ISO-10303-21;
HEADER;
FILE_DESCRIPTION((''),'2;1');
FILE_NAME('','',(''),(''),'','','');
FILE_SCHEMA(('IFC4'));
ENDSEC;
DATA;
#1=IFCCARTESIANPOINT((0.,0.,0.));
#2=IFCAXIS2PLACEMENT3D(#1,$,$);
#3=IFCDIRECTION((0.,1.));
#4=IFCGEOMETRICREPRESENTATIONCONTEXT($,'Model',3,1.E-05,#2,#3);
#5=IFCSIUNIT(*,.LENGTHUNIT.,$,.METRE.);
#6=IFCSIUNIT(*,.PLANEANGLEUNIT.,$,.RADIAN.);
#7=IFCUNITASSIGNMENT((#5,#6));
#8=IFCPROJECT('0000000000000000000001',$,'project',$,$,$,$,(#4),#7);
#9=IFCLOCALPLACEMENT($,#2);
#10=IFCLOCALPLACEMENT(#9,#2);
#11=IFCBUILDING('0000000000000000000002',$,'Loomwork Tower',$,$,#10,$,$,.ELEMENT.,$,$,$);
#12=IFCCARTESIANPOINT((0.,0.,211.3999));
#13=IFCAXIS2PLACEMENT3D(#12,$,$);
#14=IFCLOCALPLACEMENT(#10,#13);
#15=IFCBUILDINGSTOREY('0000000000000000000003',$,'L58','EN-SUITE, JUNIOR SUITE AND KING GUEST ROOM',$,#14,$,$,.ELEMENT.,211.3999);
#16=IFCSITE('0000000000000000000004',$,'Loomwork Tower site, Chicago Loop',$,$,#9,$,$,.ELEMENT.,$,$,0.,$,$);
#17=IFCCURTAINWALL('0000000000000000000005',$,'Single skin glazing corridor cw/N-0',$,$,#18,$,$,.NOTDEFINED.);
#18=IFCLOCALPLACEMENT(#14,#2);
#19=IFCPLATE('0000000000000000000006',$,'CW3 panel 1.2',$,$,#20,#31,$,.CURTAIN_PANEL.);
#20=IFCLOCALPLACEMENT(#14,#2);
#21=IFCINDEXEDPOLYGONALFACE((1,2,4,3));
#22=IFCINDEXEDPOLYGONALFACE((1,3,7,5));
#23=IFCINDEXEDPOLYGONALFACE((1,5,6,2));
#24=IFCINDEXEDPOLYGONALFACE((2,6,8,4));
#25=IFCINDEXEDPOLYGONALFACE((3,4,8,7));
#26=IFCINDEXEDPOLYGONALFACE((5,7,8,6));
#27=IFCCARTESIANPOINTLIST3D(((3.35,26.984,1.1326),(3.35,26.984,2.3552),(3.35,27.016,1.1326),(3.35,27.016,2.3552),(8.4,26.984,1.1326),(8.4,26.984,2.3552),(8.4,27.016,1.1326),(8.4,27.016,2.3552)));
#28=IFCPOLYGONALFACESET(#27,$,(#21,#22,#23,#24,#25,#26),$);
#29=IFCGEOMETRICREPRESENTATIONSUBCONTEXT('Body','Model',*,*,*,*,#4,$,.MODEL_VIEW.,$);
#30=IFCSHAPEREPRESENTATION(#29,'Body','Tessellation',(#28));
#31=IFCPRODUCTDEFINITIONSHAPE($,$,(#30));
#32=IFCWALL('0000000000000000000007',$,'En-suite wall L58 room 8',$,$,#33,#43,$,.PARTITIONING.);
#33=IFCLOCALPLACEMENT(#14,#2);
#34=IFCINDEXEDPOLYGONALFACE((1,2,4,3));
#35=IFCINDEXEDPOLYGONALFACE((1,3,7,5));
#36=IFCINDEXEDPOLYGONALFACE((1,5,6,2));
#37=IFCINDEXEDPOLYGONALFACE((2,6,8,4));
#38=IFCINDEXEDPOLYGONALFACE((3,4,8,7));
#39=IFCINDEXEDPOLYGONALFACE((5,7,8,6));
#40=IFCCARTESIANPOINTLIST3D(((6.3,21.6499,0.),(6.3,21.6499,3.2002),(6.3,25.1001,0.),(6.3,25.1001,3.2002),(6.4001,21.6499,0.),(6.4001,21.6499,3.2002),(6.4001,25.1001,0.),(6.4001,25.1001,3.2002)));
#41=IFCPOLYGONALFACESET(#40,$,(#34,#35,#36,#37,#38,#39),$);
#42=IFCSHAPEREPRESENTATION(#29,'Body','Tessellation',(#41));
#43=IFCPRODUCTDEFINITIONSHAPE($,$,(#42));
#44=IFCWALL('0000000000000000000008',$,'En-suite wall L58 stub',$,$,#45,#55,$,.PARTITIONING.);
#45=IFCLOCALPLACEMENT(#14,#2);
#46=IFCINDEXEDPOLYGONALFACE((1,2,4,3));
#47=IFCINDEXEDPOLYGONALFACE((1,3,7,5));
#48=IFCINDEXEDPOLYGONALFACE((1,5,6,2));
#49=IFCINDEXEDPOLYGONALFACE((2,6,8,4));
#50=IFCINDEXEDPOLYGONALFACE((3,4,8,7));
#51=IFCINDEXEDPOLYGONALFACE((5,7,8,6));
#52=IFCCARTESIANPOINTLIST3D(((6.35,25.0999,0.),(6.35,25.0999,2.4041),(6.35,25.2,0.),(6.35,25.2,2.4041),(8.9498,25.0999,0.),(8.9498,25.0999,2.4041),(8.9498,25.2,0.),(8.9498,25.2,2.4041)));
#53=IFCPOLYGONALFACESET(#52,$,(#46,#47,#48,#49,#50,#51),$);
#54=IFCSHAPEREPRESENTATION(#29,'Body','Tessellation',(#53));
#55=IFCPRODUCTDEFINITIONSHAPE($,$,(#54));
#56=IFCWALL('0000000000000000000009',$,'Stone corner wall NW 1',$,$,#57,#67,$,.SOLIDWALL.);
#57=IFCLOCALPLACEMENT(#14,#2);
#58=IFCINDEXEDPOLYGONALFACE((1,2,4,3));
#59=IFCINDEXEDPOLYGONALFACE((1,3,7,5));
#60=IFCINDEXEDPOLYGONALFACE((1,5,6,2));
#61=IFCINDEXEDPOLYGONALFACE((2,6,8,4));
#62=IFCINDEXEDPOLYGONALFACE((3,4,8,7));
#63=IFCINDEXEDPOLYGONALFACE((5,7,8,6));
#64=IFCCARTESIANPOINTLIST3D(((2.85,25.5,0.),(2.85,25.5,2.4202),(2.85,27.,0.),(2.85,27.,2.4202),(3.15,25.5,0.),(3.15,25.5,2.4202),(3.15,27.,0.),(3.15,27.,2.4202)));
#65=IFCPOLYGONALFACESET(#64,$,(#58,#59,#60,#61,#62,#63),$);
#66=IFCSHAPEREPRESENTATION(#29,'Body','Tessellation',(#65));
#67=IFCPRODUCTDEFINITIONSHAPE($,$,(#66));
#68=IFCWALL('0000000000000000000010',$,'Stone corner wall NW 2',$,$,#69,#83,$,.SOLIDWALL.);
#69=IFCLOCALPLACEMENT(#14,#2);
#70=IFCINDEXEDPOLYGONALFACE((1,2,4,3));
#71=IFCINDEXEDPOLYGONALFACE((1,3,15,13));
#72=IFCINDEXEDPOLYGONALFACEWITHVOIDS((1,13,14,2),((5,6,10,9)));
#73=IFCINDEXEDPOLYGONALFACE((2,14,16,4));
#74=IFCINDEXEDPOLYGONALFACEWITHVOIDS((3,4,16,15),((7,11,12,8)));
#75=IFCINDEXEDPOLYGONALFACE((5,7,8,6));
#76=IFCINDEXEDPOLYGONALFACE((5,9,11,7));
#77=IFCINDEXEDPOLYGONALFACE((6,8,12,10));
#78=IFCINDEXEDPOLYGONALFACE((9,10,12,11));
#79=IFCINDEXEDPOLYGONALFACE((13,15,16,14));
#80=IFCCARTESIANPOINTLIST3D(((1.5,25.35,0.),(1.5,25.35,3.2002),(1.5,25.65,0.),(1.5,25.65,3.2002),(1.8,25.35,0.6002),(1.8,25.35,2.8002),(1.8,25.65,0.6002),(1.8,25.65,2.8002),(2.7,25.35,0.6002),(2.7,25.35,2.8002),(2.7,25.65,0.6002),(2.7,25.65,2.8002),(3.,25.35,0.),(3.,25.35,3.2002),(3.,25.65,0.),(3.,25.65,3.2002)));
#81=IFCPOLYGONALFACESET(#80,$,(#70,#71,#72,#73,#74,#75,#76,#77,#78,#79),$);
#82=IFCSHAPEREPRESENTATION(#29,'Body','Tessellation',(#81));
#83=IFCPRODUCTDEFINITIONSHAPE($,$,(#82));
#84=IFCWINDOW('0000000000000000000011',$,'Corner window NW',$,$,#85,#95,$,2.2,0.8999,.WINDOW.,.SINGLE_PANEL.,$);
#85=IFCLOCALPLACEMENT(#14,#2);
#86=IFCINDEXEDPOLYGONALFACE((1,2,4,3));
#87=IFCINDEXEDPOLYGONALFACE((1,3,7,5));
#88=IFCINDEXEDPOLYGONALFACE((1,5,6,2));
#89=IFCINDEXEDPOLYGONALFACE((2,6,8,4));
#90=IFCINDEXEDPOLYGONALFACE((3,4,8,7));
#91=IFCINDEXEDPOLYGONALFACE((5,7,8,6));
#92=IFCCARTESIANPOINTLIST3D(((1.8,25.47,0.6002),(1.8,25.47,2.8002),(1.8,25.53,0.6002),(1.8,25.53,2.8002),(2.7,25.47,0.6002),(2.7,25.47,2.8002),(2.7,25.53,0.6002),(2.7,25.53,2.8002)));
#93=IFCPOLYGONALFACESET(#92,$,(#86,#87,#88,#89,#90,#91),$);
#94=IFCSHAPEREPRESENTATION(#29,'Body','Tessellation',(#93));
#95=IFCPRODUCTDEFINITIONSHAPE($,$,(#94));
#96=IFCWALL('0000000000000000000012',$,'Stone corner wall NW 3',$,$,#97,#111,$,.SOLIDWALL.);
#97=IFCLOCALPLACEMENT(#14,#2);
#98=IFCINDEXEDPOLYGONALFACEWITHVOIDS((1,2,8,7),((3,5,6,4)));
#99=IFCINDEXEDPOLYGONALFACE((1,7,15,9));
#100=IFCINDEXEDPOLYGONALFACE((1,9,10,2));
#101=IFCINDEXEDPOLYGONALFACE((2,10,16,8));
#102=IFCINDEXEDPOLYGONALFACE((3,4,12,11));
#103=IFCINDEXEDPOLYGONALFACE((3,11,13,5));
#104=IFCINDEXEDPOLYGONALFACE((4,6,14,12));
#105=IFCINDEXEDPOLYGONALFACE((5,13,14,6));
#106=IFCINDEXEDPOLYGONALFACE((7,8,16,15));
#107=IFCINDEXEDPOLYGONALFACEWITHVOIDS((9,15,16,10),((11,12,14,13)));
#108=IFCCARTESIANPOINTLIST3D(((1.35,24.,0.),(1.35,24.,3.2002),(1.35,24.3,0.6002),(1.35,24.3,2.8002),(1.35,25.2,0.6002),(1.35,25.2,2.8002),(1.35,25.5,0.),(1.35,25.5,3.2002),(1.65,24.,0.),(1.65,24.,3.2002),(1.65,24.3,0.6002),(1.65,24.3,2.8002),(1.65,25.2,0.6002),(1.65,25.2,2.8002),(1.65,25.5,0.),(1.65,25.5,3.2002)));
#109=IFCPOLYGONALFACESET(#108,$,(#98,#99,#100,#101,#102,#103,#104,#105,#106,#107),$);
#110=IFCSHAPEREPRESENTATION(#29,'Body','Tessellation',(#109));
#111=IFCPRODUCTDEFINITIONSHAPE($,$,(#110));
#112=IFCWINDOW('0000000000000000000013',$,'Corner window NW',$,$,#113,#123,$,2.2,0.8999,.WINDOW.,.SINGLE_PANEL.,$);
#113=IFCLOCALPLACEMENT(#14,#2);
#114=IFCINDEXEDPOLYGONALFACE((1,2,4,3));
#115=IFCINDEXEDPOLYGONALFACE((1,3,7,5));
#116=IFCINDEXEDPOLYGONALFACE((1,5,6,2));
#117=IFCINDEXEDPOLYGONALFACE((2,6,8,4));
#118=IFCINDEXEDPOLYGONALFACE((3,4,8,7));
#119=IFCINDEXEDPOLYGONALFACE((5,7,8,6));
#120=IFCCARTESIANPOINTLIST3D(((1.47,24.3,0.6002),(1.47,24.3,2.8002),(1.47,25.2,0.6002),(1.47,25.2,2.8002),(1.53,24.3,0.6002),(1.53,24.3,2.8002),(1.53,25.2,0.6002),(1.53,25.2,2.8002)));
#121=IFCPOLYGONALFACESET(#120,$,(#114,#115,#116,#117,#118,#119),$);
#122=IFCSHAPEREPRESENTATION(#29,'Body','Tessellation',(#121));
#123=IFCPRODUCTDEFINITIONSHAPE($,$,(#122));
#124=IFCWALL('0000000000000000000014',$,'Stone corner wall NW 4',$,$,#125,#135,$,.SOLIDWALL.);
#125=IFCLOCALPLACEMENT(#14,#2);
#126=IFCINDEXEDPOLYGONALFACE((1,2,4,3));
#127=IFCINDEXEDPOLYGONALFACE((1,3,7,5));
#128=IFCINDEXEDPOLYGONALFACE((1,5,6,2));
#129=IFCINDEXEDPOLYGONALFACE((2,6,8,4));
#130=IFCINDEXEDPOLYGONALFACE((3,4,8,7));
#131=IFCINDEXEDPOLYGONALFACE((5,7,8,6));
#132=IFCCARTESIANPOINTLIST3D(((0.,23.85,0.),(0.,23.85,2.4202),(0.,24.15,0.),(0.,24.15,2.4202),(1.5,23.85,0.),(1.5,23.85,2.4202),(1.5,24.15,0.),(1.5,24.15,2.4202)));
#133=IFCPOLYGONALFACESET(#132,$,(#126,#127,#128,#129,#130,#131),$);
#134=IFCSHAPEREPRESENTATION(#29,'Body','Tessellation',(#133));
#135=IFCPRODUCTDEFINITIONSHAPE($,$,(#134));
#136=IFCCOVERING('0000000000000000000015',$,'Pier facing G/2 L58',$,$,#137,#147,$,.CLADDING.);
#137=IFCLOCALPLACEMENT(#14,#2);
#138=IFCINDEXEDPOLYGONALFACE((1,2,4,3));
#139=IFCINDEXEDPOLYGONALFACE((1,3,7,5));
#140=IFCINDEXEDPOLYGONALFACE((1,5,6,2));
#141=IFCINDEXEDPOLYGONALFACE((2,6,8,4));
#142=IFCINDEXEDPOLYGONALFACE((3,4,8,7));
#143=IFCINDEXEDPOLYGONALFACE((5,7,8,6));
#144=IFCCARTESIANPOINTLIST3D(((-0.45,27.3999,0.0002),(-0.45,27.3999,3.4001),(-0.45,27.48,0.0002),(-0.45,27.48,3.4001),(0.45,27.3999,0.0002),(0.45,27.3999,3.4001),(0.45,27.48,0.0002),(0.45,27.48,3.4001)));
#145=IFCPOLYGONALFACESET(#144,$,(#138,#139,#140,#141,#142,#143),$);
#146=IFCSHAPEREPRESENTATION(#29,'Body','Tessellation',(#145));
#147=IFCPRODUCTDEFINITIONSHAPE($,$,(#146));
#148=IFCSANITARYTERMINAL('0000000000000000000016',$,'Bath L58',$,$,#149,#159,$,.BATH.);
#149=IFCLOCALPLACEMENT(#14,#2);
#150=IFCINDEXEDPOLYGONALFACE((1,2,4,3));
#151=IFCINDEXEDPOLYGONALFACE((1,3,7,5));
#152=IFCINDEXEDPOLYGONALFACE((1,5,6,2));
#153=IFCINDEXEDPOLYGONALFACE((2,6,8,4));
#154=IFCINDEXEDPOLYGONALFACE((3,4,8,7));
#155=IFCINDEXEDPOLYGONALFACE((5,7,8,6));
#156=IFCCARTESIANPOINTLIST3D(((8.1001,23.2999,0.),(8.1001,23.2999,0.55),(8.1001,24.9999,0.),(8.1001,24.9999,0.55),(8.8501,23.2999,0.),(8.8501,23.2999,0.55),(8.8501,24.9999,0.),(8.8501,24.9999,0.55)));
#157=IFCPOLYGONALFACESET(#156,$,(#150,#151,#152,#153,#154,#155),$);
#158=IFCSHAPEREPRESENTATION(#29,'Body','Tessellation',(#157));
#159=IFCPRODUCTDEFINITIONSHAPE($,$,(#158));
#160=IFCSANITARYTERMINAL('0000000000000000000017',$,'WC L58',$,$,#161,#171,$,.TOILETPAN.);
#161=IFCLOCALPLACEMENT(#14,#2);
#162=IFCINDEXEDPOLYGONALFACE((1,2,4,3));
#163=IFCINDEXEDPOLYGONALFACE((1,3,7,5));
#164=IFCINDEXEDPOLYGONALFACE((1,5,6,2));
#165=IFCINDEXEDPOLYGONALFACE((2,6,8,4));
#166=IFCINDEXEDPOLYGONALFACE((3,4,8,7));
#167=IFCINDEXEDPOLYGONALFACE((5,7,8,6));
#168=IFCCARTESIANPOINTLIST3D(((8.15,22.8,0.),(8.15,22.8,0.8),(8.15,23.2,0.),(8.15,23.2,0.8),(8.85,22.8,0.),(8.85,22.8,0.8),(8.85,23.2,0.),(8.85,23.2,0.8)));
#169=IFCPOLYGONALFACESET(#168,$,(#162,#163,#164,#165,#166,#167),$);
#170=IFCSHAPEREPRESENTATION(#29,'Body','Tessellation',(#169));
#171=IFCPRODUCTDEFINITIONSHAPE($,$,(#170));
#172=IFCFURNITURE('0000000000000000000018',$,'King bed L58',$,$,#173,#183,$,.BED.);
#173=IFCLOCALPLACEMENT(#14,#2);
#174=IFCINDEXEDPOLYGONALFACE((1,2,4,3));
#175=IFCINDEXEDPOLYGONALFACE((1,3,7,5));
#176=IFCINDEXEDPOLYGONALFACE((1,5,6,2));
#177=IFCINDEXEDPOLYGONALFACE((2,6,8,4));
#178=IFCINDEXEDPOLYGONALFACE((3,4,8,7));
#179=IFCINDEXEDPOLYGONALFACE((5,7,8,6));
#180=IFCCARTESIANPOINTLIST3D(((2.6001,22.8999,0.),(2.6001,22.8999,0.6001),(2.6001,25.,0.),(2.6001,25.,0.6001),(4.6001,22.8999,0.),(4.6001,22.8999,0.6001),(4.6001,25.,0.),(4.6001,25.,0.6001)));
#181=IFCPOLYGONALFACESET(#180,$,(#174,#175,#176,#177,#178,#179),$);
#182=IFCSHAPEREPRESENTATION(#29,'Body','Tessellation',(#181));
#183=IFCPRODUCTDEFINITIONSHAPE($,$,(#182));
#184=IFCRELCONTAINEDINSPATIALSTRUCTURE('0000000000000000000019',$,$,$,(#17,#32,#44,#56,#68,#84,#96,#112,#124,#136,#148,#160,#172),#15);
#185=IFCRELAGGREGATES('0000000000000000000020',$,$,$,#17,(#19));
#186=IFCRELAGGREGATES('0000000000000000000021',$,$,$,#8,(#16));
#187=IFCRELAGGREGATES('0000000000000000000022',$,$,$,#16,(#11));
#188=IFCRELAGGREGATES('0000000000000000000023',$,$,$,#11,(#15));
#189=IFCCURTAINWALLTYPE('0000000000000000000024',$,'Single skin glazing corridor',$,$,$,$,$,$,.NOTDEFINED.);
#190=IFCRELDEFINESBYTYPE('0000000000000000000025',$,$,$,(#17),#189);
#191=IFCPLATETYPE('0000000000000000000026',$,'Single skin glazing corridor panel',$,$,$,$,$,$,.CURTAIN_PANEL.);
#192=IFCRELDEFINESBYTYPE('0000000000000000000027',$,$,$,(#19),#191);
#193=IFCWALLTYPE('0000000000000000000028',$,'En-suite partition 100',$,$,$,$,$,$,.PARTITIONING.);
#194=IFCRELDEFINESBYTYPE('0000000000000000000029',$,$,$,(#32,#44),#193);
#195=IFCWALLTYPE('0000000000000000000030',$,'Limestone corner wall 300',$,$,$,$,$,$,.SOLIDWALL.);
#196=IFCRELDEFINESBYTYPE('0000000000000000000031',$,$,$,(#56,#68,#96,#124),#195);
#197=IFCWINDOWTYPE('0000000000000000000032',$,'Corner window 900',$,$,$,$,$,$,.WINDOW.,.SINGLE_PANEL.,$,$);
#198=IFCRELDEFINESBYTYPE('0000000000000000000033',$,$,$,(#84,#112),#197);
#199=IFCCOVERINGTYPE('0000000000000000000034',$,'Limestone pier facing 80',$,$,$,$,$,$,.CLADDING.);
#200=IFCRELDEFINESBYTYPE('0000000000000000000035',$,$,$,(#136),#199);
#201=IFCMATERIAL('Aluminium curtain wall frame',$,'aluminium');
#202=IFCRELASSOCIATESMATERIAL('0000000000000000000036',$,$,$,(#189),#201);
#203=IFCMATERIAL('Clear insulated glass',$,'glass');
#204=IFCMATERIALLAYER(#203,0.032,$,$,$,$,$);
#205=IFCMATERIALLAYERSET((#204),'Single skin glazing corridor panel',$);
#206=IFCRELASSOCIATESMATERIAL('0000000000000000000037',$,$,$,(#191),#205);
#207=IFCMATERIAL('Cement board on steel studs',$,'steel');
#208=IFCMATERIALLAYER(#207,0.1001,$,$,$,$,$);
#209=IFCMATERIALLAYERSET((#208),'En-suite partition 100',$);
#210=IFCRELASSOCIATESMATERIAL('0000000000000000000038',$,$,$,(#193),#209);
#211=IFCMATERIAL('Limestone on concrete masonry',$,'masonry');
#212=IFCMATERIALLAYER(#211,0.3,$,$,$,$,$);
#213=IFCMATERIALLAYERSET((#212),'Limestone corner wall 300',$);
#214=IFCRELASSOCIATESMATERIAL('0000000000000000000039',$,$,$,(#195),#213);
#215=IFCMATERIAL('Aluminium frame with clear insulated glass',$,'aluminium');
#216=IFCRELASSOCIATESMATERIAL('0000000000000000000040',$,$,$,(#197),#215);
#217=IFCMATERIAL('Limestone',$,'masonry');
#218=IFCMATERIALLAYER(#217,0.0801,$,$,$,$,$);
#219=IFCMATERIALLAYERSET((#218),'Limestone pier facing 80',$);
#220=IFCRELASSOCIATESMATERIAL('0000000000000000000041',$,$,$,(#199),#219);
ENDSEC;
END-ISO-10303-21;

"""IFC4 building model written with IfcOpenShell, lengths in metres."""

from ifc_helpers import new_model, si_unit, direction, frame, frame_2d, origin, origin_2d, place, context, subcontext, project, spatial, rectangle, extrude, material, layer, layer_set, type_object, element, fill, aggregate, save


model = new_model("IFC4")

# Units and contexts
model_context = context("Model", 3, precision=1e-05, world=origin(), true_north=direction((0.0, 1.0)))
body_context = subcontext(model_context, "Body", "Model", "MODEL_VIEW")
ifc_project = project(units=[si_unit("LENGTHUNIT", "METRE"), si_unit("PLANEANGLEUNIT", "RADIAN")], contexts=[model_context])

# Site, building, storey
site_placement = place(None, origin())
site = spatial("IfcSite", under=ifc_project, at=site_placement, Name="Loomwork Tower site, Chicago Loop", CompositionType="ELEMENT", RefElevation=0.0)
building_placement = place(site_placement, origin())
building = spatial("IfcBuilding", under=site, at=building_placement, Name="Loomwork Tower", CompositionType="ELEMENT")
storey_placement = place(building_placement, frame((0.0, 0.0, 211.3999)))
storey = spatial("IfcBuildingStorey", under=building, at=storey_placement, Name="L58", Description="EN-SUITE, JUNIOR SUITE AND KING GUEST ROOM", CompositionType="ELEMENT", Elevation=211.3999)

# Curtain wall
ifc_material_1 = material(Name="Aluminium curtain wall frame", Category="aluminium")
curtain_wall_type_1 = type_object("IfcCurtainWallType", Name="Single skin glazing corridor", PredefinedType="NOTDEFINED", material=ifc_material_1)
curtain_wall_1_placement = place(storey_placement, origin())
curtain_wall_1 = element("IfcCurtainWall", 1, at=curtain_wall_1_placement, inside=storey, type_object=curtain_wall_type_1, Name="Single skin glazing corridor cw/N-0", PredefinedType="NOTDEFINED")

# Plate
ifc_material_2 = material(Name="Clear insulated glass", Category="glass")
ifc_layer_1 = layer(ifc_material_2, 0.032)
ifc_layer_set_1 = layer_set([ifc_layer_1], Name="Single skin glazing corridor panel")
plate_type_1 = type_object("IfcPlateType", Name="Single skin glazing corridor panel", PredefinedType="CURTAIN_PANEL", material=ifc_layer_set_1)
plate_1_placement = place(storey_placement, frame((5.875, 27.0, 1.1326), z_axis=(0.0, 0.0, 1.0), x_axis=(-1.0, 0.0, 0.0)))
plate_1 = element("IfcPlate", 2, at=plate_1_placement, type_object=plate_type_1, Name="CW3 panel 1.2", PredefinedType="CURTAIN_PANEL", context=body_context, shape_type="SweptSolid", body=[
    extrude(rectangle(XDim=5.05, YDim=0.032, at=origin_2d()), origin(), (0.0, 0.0, 1.0), 1.2227),
])
aggregate(curtain_wall_1, [plate_1])

# Walls
ifc_material_3 = material(Name="Cement board on steel studs", Category="steel")
ifc_layer_2 = layer(ifc_material_3, 0.1001)
ifc_layer_set_2 = layer_set([ifc_layer_2], Name="En-suite partition 100")
wall_type_1 = type_object("IfcWallType", Name="En-suite partition 100", PredefinedType="PARTITIONING", material=ifc_layer_set_2)
wall_1_placement = place(storey_placement, frame((6.3501, 21.6499, 0.0), z_axis=(0.0, 0.0, 1.0), x_axis=(0.0, 1.0, 0.0)))
element("IfcWall", 3, at=wall_1_placement, inside=storey, type_object=wall_type_1, Name="En-suite wall L58 room 8", PredefinedType="PARTITIONING", context=body_context, shape_type="SweptSolid", body=[
    extrude(rectangle(XDim=3.4502, YDim=0.1001, at=frame_2d((1.7251, 0.0))), origin(), (0.0, 0.0, 1.0), 3.2002),
])
wall_2_placement = place(storey_placement, frame((6.3501, 25.1499, 0.0), z_axis=(0.0, 0.0, 1.0), x_axis=(1.0, 0.0, 0.0)))
element("IfcWall", 4, at=wall_2_placement, inside=storey, type_object=wall_type_1, Name="En-suite wall L58 stub", PredefinedType="PARTITIONING", context=body_context, shape_type="SweptSolid", body=[
    extrude(rectangle(XDim=2.5999, YDim=0.1001, at=frame_2d((1.2998, 0.0))), origin(), (0.0, 0.0, 1.0), 2.4041),
])
ifc_material_4 = material(Name="Limestone on concrete masonry", Category="masonry")
ifc_layer_3 = layer(ifc_material_4, 0.3)
ifc_layer_set_3 = layer_set([ifc_layer_3], Name="Limestone corner wall 300")
wall_type_2 = type_object("IfcWallType", Name="Limestone corner wall 300", PredefinedType="SOLIDWALL", material=ifc_layer_set_3)
wall_3_placement = place(storey_placement, frame((3.0, 27.0, 0.0), z_axis=(0.0, 0.0, 1.0), x_axis=(0.0, -1.0, 0.0)))
element("IfcWall", 5, at=wall_3_placement, inside=storey, type_object=wall_type_2, Name="Stone corner wall NW 1", PredefinedType="SOLIDWALL", context=body_context, shape_type="SweptSolid", body=[
    extrude(rectangle(XDim=1.5, YDim=0.3, at=frame_2d((0.75, 0.0))), origin(), (0.0, 0.0, 1.0), 2.4202),
])

# Walls, openings, windows
wall_4_placement = place(storey_placement, frame((3.0, 25.5, 0.0), z_axis=(0.0, 0.0, 1.0), x_axis=(-1.0, 0.0, 0.0)))
wall_4 = element("IfcWall", 6, at=wall_4_placement, inside=storey, type_object=wall_type_2, Name="Stone corner wall NW 2", PredefinedType="SOLIDWALL", context=body_context, shape_type="SweptSolid", body=[
    extrude(rectangle(XDim=1.5, YDim=0.3, at=frame_2d((0.75, 0.0))), origin(), (0.0, 0.0, 1.0), 3.2002),
])
opening_1_placement = place(wall_4_placement, frame((0.3, 0.0, 0.6001)))
opening_1 = element("IfcOpeningElement", 7, at=opening_1_placement, cuts=wall_4, PredefinedType="OPENING", context=body_context, shape_type="SweptSolid", body=[
    extrude(rectangle(XDim=0.8999, YDim=2.2, at=frame_2d((0.45, 1.1001))), frame((0.0, 0.1599, 0.0), z_axis=(0.0, -1.0, 0.0), x_axis=(1.0, 0.0, 0.0)), (0.0, 0.0, 1.0), 0.3201),
])
ifc_material_5 = material(Name="Aluminium frame with clear insulated glass", Category="aluminium")
window_type = type_object("IfcWindowType", Name="Corner window 900", PartitioningType="SINGLE_PANEL", PredefinedType="WINDOW", material=ifc_material_5)
window_1_placement = place(opening_1_placement, origin())
window_1 = element("IfcWindow", 8, at=window_1_placement, inside=storey, type_object=window_type, Name="Corner window NW", OverallHeight=2.2, OverallWidth=0.8999, PartitioningType="SINGLE_PANEL", PredefinedType="WINDOW", context=body_context, shape_type="SweptSolid", body=[
    extrude(rectangle(XDim=0.8999, YDim=2.2, at=frame_2d((0.45, 1.1001))), frame((0.0, 0.03, 0.0), z_axis=(0.0, -1.0, 0.0), x_axis=(1.0, 0.0, 0.0)), (0.0, 0.0, 1.0), 0.0601),
])
fill(opening_1, window_1)
wall_5_placement = place(storey_placement, frame((1.5, 25.5, 0.0), z_axis=(0.0, 0.0, 1.0), x_axis=(0.0, -1.0, 0.0)))
wall_5 = element("IfcWall", 9, at=wall_5_placement, inside=storey, type_object=wall_type_2, Name="Stone corner wall NW 3", PredefinedType="SOLIDWALL", context=body_context, shape_type="SweptSolid", body=[
    extrude(rectangle(XDim=1.5, YDim=0.3, at=frame_2d((0.75, 0.0))), origin(), (0.0, 0.0, 1.0), 3.2002),
])
opening_2_placement = place(wall_5_placement, frame((0.3, 0.0, 0.6001)))
opening_2 = element("IfcOpeningElement", 10, at=opening_2_placement, cuts=wall_5, PredefinedType="OPENING", context=body_context, shape_type="SweptSolid", body=[
    extrude(rectangle(XDim=0.8999, YDim=2.2, at=frame_2d((0.45, 1.1001))), frame((0.0, 0.1599, 0.0), z_axis=(0.0, -1.0, 0.0), x_axis=(1.0, 0.0, 0.0)), (0.0, 0.0, 1.0), 0.3201),
])
window_2_placement = place(opening_2_placement, origin())
window_2 = element("IfcWindow", 11, at=window_2_placement, inside=storey, type_object=window_type, Name="Corner window NW", OverallHeight=2.2, OverallWidth=0.8999, PartitioningType="SINGLE_PANEL", PredefinedType="WINDOW", context=body_context, shape_type="SweptSolid", body=[
    extrude(rectangle(XDim=0.8999, YDim=2.2, at=frame_2d((0.45, 1.1001))), frame((0.0, 0.03, 0.0), z_axis=(0.0, -1.0, 0.0), x_axis=(1.0, 0.0, 0.0)), (0.0, 0.0, 1.0), 0.0601),
])
fill(opening_2, window_2)

# Wall
wall_6_placement = place(storey_placement, frame((1.5, 24.0, 0.0), z_axis=(0.0, 0.0, 1.0), x_axis=(-1.0, 0.0, 0.0)))
element("IfcWall", 12, at=wall_6_placement, inside=storey, type_object=wall_type_2, Name="Stone corner wall NW 4", PredefinedType="SOLIDWALL", context=body_context, shape_type="SweptSolid", body=[
    extrude(rectangle(XDim=1.5, YDim=0.3, at=frame_2d((0.75, 0.0))), origin(), (0.0, 0.0, 1.0), 2.4202),
])

# Covering
ifc_material_6 = material(Name="Limestone", Category="masonry")
ifc_layer_4 = layer(ifc_material_6, 0.0801)
ifc_layer_set_4 = layer_set([ifc_layer_4], Name="Limestone pier facing 80")
covering_type = type_object("IfcCoveringType", Name="Limestone pier facing 80", PredefinedType="CLADDING", material=ifc_layer_set_4)
covering_placement = place(storey_placement, frame((0.0, 27.4399, 0.0002), z_axis=(0.0, 0.0, 1.0), x_axis=(1.0, 0.0, 0.0)))
element("IfcCovering", 13, at=covering_placement, inside=storey, type_object=covering_type, Name="Pier facing G/2 L58", PredefinedType="CLADDING", context=body_context, shape_type="SweptSolid", body=[
    extrude(rectangle(XDim=0.8999, YDim=0.0801, at=origin_2d()), origin(), (0.0, 0.0, 1.0), 3.3999),
])

# Sanitary terminals
sanitary_terminal_1_placement = place(storey_placement, frame((8.4751, 24.1499, 0.0), z_axis=(0.0, 0.0, 1.0), x_axis=(1.0, 0.0, 0.0)))
element("IfcSanitaryTerminal", 14, at=sanitary_terminal_1_placement, inside=storey, Name="Bath L58", PredefinedType="BATH", context=body_context, shape_type="SweptSolid", body=[
    extrude(rectangle(XDim=0.75, YDim=1.7, at=origin_2d()), origin(), (0.0, 0.0, 1.0), 0.55),
])
sanitary_terminal_2_placement = place(storey_placement, frame((8.5, 23.0, 0.0), z_axis=(0.0, 0.0, 1.0), x_axis=(1.0, 0.0, 0.0)))
element("IfcSanitaryTerminal", 15, at=sanitary_terminal_2_placement, inside=storey, Name="WC L58", PredefinedType="TOILETPAN", context=body_context, shape_type="SweptSolid", body=[
    extrude(rectangle(XDim=0.7, YDim=0.3999, at=origin_2d()), origin(), (0.0, 0.0, 1.0), 0.8),
])

# Furniture
furniture_placement = place(storey_placement, frame((3.6001, 23.95, 0.0), z_axis=(0.0, 0.0, 1.0), x_axis=(1.0, 0.0, 0.0)))
element("IfcFurniture", 16, at=furniture_placement, inside=storey, Name="King bed L58", PredefinedType="BED", context=body_context, shape_type="SweptSolid", body=[
    extrude(rectangle(XDim=2.0, YDim=2.1001, at=origin_2d()), origin(), (0.0, 0.0, 1.0), 0.6001),
])

save(model, "model.ifc")
